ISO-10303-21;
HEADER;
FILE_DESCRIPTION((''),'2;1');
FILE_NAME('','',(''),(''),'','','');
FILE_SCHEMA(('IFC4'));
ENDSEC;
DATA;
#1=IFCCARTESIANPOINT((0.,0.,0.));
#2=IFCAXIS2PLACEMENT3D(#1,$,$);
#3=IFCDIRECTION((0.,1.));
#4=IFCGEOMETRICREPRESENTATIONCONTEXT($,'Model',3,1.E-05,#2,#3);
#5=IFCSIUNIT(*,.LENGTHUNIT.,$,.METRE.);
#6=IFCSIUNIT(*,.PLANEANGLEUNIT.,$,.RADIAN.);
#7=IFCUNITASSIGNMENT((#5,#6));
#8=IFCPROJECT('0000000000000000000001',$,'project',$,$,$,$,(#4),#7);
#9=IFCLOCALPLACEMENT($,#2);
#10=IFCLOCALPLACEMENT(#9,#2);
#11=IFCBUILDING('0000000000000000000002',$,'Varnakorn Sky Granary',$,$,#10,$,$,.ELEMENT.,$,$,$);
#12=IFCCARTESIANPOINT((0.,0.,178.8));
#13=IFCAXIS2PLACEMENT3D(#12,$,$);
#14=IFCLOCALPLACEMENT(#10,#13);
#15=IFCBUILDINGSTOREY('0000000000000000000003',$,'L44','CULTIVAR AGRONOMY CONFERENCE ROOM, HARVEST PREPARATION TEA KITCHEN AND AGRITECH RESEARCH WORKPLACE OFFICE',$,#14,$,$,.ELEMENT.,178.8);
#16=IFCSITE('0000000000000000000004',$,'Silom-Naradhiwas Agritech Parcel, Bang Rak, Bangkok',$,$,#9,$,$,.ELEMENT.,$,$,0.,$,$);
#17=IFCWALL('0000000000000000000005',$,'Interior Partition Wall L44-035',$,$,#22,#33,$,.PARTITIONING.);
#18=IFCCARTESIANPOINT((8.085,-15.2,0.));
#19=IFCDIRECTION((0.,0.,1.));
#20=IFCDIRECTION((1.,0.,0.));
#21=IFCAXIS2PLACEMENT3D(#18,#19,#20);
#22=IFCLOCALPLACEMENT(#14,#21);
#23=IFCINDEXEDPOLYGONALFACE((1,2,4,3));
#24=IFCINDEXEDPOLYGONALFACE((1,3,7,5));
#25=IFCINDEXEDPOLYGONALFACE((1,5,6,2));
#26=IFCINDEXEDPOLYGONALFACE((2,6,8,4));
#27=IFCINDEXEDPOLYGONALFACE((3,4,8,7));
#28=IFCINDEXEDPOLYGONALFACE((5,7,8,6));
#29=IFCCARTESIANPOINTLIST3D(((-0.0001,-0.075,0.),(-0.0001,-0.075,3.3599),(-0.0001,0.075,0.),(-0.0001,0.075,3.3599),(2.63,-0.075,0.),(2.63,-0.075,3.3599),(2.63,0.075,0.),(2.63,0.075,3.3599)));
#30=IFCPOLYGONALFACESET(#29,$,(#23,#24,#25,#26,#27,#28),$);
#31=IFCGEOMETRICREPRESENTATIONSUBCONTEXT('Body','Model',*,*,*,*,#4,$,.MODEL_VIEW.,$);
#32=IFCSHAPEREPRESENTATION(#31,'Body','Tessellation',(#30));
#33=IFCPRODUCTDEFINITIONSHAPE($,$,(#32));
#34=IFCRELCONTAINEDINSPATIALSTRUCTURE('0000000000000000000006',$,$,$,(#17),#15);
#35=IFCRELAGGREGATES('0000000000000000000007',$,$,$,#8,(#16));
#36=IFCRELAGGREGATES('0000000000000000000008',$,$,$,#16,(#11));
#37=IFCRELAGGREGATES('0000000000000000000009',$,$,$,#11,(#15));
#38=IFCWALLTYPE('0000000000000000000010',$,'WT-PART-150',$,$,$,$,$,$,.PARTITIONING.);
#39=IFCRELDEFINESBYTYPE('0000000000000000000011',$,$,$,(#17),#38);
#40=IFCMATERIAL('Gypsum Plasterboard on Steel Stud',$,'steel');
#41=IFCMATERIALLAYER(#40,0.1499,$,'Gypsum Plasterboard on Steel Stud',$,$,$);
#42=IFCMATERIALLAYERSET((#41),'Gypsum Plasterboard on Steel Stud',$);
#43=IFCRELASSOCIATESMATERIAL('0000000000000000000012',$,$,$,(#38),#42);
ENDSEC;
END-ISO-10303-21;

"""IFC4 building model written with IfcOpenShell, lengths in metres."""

from ifc_helpers import new_model, si_unit, direction, frame, frame_2d, origin, place, context, subcontext, project, spatial, rectangle, extrude, material, layer, layer_set, type_object, element, save


model = new_model("IFC4")

# Units and contexts
model_context = context("Model", 3, precision=1e-05, world=origin(), true_north=direction((0.0, 1.0)))
body_context = subcontext(model_context, "Body", "Model", "MODEL_VIEW")
ifc_project = project(units=[si_unit("LENGTHUNIT", "METRE"), si_unit("PLANEANGLEUNIT", "RADIAN")], contexts=[model_context])

# Site, building, storey
site_placement = place(None, origin())
site = spatial("IfcSite", under=ifc_project, at=site_placement, Name="Silom-Naradhiwas Agritech Parcel, Bang Rak, Bangkok", CompositionType="ELEMENT", RefElevation=0.0)
building_placement = place(site_placement, origin())
building = spatial("IfcBuilding", under=site, at=building_placement, Name="Varnakorn Sky Granary", CompositionType="ELEMENT")
storey_placement = place(building_placement, frame((0.0, 0.0, 178.8)))
storey = spatial("IfcBuildingStorey", under=building, at=storey_placement, Name="L44", Description="CULTIVAR AGRONOMY CONFERENCE ROOM, HARVEST PREPARATION TEA KITCHEN AND AGRITECH RESEARCH WORKPLACE OFFICE", CompositionType="ELEMENT", Elevation=178.8)

# Wall
ifc_material_1 = material(Name="Gypsum Plasterboard on Steel Stud", Category="steel")
ifc_layer_1 = layer(ifc_material_1, 0.1499, Name="Gypsum Plasterboard on Steel Stud")
ifc_layer_set_1 = layer_set([ifc_layer_1], Name="Gypsum Plasterboard on Steel Stud")
wall_type_1 = type_object("IfcWallType", Name="WT-PART-150", PredefinedType="PARTITIONING", material=ifc_layer_set_1)
wall_1_placement = place(storey_placement, frame((8.085, -15.2, 0.0), z_axis=(0.0, 0.0, 1.0), x_axis=(1.0, 0.0, 0.0)))
element("IfcWall", 1, at=wall_1_placement, inside=storey, type_object=wall_type_1, Name="Interior Partition Wall L44-035", PredefinedType="PARTITIONING", context=body_context, shape_type="SweptSolid", body=[
    extrude(rectangle(XDim=2.6301, YDim=0.1499, at=frame_2d((1.3149, 0.0))), origin(), (0.0, 0.0, 1.0), 3.3599),
])

save(model, "model.ifc")
